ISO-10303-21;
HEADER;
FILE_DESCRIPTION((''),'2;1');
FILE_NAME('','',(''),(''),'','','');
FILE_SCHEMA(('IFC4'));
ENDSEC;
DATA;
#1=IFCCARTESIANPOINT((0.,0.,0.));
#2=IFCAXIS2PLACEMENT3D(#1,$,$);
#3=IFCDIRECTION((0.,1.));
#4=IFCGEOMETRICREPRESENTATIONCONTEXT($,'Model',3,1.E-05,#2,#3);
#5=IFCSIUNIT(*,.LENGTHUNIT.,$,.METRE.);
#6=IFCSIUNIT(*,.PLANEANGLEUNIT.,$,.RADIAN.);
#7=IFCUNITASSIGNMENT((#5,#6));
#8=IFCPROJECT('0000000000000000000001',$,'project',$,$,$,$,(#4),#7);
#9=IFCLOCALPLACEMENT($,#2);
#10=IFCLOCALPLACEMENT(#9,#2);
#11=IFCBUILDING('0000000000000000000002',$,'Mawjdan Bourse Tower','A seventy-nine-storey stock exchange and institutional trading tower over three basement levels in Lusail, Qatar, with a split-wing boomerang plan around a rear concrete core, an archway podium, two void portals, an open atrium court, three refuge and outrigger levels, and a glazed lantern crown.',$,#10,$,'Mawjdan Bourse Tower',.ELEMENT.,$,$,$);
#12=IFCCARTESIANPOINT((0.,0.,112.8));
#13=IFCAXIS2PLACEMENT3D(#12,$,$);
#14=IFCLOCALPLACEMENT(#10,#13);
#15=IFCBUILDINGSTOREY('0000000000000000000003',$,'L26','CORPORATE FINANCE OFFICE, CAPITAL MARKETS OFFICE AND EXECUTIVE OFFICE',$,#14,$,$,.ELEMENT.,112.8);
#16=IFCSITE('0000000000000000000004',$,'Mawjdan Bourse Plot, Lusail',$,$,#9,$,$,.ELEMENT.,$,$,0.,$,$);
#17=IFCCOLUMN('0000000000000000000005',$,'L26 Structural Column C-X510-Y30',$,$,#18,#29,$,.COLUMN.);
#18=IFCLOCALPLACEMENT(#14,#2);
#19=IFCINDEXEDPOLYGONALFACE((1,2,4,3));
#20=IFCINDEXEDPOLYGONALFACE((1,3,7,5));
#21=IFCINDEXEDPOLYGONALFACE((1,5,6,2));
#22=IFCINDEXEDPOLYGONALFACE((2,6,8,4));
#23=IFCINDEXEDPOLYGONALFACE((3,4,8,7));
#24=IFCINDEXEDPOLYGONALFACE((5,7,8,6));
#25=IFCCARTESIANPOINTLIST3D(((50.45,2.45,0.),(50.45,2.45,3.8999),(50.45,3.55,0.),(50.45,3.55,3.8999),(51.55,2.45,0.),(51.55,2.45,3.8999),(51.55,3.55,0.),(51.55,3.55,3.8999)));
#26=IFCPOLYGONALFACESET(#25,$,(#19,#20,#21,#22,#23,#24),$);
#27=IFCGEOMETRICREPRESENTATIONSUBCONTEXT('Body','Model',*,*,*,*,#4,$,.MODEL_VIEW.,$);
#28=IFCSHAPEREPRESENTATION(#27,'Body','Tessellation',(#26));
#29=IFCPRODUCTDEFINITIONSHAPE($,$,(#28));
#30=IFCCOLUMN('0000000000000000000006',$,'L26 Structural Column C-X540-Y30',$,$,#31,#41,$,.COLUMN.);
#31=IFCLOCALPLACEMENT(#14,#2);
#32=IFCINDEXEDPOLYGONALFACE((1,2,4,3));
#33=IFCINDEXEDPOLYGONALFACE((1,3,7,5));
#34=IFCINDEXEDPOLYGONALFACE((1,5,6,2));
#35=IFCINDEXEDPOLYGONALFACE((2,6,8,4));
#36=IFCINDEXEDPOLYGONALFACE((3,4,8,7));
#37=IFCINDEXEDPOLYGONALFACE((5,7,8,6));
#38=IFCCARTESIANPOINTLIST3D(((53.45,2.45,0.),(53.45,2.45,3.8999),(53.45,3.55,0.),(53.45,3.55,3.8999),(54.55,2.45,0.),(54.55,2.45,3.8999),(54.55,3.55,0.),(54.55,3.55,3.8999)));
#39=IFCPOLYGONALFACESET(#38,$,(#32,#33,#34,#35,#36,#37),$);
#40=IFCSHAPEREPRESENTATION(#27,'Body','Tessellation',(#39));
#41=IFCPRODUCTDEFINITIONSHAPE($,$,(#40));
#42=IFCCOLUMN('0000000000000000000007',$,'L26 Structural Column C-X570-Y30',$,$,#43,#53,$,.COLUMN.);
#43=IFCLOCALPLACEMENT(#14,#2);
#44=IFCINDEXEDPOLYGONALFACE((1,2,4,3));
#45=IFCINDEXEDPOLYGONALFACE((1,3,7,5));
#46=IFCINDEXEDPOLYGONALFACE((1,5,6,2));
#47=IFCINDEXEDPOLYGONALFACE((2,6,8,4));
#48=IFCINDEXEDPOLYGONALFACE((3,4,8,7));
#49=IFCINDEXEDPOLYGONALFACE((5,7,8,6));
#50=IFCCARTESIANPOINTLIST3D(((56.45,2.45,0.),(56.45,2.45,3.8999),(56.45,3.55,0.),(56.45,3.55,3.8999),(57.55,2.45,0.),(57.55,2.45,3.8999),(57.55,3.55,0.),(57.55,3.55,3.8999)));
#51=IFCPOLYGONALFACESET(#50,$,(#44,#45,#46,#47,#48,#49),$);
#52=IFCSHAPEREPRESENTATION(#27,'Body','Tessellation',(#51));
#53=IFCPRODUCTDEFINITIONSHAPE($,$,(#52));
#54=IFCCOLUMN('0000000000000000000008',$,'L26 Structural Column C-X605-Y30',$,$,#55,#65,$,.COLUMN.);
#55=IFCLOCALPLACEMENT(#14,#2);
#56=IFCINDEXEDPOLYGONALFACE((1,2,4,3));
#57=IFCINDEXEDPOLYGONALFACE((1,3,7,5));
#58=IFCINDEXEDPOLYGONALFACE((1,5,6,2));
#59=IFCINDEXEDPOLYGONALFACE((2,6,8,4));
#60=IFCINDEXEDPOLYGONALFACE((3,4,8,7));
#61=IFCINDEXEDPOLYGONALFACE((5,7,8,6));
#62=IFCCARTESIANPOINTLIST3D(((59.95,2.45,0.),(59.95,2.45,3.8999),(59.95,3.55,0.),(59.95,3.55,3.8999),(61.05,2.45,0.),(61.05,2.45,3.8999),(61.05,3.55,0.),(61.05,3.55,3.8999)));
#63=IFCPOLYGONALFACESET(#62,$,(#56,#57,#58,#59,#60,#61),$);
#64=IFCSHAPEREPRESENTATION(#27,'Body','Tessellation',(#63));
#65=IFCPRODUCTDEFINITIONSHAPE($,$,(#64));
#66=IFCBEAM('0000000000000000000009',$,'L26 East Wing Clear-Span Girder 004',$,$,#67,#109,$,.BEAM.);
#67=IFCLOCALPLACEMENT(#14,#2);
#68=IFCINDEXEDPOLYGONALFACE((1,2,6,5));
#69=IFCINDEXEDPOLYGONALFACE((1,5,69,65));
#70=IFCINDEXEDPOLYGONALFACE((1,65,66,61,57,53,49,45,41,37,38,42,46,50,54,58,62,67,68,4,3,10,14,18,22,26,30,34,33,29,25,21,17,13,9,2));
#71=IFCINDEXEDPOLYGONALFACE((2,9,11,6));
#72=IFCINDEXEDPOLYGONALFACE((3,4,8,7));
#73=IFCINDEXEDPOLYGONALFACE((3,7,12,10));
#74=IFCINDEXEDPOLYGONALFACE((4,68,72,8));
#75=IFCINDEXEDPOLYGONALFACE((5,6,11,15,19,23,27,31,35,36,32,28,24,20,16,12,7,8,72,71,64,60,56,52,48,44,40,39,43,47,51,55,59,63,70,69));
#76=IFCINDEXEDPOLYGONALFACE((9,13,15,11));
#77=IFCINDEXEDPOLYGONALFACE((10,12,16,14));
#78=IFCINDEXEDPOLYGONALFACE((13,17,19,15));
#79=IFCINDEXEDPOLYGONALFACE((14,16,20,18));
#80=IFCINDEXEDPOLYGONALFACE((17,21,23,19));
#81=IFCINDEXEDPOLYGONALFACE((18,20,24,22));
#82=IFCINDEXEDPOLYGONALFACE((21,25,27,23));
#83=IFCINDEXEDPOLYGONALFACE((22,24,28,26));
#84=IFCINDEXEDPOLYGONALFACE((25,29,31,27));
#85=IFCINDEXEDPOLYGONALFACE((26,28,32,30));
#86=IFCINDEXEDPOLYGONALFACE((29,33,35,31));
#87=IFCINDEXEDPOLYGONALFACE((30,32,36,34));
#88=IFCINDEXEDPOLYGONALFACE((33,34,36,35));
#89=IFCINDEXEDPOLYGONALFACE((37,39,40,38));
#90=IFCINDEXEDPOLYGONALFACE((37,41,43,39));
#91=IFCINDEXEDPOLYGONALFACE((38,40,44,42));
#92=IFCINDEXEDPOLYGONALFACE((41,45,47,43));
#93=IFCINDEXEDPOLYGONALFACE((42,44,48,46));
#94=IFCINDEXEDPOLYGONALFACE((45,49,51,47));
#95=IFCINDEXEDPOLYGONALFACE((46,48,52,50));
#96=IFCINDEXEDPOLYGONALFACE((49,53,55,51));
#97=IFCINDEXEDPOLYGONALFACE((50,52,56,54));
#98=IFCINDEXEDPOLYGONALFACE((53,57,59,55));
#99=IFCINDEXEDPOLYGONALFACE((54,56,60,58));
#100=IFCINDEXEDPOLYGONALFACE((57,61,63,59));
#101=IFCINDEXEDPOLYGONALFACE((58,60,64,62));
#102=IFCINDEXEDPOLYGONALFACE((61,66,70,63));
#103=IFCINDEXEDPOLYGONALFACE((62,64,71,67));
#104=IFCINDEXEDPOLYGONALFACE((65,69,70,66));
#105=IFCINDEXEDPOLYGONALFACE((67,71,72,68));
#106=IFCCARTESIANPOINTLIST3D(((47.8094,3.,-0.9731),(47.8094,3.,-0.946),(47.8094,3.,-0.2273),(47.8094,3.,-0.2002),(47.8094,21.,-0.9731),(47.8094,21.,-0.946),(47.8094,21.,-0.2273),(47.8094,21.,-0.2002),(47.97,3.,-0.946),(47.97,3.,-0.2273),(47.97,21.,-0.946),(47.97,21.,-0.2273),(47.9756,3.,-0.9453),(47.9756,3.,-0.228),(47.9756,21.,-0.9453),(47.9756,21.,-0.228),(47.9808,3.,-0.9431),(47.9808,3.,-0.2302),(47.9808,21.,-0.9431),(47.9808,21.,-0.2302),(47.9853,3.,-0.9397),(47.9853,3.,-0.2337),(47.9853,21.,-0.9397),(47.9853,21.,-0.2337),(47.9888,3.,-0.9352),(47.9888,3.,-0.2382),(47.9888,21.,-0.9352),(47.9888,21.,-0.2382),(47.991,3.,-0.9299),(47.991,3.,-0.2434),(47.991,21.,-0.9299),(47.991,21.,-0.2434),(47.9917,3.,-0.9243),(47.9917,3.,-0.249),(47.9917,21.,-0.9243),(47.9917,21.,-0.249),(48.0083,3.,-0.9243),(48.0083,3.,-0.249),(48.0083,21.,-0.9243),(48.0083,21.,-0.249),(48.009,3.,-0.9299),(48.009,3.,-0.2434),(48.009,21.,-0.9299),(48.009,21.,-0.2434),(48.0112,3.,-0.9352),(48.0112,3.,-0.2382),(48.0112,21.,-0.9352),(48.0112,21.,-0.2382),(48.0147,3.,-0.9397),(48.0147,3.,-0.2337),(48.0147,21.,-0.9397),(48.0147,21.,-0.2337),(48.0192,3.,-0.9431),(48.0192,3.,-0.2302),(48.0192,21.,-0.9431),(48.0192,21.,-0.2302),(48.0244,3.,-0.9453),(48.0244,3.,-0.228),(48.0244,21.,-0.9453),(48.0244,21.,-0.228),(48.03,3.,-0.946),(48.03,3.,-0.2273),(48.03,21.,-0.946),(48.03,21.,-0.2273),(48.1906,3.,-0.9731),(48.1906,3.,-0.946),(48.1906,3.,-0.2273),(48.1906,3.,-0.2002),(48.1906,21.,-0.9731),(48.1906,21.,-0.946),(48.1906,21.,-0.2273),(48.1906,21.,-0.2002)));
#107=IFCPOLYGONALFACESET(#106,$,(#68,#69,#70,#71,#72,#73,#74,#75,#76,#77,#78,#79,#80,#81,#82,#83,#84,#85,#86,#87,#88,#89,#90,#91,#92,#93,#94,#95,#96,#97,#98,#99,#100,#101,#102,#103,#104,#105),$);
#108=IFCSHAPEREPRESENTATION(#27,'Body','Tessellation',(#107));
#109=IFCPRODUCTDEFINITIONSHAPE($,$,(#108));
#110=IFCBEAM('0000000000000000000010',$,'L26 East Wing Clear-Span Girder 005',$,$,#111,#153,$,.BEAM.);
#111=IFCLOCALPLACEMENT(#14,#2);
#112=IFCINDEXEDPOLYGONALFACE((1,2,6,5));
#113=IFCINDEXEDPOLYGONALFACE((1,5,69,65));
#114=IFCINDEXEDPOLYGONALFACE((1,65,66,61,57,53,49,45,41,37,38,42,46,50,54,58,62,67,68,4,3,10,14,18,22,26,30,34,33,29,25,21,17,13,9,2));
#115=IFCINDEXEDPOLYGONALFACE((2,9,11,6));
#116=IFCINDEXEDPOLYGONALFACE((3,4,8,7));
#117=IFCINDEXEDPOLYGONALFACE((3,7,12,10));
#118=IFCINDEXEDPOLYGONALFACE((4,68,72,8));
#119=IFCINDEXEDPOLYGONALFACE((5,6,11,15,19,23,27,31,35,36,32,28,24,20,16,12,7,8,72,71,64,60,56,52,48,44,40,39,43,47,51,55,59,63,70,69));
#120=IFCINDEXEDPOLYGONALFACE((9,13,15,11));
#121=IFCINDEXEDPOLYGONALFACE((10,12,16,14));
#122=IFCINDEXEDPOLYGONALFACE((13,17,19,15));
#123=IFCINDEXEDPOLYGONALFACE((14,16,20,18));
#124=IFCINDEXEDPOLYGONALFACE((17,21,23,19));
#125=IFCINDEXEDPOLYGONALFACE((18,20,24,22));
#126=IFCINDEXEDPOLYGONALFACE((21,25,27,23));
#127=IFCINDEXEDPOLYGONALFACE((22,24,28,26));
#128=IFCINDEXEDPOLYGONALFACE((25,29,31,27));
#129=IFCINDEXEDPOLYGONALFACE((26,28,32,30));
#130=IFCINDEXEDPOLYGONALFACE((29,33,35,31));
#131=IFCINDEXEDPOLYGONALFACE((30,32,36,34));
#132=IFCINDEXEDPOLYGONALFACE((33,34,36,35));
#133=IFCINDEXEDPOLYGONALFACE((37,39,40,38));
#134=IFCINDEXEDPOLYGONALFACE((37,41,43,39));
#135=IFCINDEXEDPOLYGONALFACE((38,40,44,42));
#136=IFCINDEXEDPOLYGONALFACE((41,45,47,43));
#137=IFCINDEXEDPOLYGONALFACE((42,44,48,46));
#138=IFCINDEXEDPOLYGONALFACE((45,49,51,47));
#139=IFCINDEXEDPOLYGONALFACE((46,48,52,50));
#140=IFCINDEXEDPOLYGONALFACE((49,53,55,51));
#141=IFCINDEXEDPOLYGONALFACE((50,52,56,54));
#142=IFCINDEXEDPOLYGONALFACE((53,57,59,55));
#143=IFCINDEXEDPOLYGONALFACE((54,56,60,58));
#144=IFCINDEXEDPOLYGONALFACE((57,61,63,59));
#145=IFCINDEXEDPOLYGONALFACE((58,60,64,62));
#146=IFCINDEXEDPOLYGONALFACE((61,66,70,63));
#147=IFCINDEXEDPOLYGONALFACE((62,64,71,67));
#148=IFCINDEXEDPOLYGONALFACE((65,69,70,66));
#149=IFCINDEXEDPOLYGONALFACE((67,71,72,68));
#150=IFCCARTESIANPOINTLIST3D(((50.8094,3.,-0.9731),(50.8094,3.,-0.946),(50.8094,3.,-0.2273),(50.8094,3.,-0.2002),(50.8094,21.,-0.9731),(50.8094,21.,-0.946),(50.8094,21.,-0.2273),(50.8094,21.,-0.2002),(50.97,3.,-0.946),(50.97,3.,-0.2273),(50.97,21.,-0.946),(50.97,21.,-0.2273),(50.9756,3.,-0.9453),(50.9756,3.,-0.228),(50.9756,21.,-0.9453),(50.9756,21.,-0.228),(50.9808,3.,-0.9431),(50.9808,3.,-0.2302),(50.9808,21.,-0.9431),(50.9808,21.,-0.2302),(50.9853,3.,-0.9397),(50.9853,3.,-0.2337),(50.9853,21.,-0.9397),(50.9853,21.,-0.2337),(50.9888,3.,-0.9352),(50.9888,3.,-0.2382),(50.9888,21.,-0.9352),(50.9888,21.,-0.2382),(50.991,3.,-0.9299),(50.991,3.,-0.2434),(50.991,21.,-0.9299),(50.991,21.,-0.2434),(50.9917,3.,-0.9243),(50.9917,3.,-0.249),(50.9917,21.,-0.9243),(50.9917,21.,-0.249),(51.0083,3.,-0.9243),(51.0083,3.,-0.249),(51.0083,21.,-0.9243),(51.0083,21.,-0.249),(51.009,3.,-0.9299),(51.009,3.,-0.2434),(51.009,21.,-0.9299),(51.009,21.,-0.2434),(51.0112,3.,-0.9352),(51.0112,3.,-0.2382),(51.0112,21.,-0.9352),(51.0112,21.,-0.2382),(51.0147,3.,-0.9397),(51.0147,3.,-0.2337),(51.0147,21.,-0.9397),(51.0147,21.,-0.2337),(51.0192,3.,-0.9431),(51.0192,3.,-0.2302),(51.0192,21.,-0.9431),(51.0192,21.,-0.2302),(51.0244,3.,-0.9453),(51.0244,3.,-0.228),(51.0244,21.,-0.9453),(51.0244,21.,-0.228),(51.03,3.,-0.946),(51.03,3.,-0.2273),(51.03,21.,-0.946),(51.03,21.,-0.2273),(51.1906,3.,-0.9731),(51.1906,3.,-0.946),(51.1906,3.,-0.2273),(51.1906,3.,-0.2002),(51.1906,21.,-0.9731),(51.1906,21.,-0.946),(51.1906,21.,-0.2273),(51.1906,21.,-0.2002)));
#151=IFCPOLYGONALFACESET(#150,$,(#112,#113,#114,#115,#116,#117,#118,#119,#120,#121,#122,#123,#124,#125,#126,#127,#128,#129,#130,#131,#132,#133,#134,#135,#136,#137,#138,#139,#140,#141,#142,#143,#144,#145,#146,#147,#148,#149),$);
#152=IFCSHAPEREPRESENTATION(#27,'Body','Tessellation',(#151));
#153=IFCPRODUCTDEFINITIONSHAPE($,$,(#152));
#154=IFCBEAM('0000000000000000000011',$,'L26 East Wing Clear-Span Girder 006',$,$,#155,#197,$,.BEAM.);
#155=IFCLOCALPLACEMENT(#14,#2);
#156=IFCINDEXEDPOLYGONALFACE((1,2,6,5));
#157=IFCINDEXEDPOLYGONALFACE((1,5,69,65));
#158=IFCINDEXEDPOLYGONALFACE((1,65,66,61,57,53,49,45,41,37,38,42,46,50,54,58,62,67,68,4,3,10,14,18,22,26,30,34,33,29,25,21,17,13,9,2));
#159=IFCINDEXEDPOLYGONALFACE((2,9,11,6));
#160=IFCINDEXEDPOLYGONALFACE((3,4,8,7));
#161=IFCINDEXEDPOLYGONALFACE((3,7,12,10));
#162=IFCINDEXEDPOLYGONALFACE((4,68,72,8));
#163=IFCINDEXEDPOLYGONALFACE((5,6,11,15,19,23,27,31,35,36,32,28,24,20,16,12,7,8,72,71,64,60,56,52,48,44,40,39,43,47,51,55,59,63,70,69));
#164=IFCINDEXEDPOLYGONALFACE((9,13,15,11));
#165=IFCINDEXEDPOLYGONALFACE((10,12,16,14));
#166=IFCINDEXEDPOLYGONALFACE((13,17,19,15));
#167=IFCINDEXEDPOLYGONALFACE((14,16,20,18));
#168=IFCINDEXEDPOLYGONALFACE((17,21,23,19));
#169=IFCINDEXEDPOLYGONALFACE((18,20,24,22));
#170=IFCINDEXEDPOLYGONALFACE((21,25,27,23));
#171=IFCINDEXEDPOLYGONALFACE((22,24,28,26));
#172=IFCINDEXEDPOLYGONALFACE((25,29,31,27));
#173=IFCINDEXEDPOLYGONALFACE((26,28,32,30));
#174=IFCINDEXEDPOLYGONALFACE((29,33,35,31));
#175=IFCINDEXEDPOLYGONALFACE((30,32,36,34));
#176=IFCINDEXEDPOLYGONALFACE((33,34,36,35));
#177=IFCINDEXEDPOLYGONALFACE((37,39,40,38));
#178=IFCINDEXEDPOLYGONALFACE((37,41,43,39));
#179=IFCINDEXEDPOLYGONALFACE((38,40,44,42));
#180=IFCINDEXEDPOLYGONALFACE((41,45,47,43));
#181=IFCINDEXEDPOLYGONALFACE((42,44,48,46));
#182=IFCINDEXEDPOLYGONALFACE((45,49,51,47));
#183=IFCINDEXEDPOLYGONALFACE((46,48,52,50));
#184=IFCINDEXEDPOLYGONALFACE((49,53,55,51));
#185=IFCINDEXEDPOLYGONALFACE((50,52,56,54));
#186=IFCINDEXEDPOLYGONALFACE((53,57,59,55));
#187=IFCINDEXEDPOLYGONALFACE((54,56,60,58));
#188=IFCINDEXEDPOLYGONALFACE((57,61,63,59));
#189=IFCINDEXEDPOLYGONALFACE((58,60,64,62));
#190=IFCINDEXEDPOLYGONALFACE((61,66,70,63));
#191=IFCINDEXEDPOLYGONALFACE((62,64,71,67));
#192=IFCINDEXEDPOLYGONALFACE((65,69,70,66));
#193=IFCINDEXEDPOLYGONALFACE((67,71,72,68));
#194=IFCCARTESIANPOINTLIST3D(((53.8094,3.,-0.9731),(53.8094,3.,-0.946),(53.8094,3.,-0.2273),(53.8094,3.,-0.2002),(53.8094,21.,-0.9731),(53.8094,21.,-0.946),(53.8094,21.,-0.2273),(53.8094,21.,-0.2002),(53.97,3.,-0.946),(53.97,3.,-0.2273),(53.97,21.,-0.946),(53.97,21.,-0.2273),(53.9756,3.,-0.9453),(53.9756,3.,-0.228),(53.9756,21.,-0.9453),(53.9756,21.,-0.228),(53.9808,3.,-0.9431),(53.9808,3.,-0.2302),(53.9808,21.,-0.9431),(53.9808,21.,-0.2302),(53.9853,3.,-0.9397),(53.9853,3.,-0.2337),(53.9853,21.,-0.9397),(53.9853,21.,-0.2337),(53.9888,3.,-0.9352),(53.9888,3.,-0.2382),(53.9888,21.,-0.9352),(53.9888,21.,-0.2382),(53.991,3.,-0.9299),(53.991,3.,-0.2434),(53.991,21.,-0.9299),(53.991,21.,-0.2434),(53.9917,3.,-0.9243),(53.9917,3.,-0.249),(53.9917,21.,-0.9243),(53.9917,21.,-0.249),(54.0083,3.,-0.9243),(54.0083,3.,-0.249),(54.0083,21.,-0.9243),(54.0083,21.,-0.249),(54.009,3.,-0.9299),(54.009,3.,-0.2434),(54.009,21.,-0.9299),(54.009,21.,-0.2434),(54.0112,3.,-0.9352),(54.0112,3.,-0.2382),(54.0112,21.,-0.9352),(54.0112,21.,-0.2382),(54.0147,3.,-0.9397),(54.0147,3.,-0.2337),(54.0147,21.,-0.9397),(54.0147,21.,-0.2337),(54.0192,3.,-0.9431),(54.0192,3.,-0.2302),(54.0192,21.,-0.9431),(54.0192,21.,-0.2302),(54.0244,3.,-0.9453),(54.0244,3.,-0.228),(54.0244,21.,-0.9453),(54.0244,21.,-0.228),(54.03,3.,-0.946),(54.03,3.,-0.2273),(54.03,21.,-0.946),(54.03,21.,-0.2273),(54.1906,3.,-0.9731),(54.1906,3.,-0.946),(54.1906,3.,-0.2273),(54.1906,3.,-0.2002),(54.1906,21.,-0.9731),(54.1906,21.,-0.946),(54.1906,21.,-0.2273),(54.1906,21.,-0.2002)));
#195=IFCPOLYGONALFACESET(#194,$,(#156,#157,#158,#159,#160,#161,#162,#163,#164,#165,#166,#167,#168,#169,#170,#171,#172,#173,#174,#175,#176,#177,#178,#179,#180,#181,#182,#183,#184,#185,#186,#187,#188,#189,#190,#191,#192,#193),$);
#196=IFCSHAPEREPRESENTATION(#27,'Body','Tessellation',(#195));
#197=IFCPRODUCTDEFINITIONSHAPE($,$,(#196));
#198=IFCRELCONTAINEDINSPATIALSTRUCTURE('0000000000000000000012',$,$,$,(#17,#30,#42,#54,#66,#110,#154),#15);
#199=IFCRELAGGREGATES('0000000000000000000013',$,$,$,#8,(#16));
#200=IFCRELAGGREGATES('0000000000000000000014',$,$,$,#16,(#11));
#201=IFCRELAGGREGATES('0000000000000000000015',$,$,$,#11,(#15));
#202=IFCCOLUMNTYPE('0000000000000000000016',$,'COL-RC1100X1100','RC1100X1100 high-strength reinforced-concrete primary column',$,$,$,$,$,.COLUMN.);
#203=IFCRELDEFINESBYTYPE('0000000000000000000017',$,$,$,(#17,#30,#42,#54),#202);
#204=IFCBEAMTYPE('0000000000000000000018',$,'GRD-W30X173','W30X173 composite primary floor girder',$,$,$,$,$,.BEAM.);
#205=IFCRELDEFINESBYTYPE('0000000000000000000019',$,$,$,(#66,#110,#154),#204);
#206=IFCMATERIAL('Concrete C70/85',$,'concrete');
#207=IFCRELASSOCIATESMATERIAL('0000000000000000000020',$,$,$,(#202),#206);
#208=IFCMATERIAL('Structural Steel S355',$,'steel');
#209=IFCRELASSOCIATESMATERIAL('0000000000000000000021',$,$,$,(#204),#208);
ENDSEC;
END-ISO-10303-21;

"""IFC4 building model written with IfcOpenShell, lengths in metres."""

from ifc_helpers import new_model, si_unit, direction, frame, origin, origin_2d, place, context, subcontext, project, spatial, rectangle, i_section, extrude, material, material_profile, profile_set, type_object, element, save


model = new_model("IFC4")

# Units and contexts
model_context = context("Model", 3, precision=1e-05, world=origin(), true_north=direction((0.0, 1.0)))
body_context = subcontext(model_context, "Body", "Model", "MODEL_VIEW")
ifc_project = project(units=[si_unit("LENGTHUNIT", "METRE"), si_unit("PLANEANGLEUNIT", "RADIAN")], contexts=[model_context])

# Site, building, storey
site_placement = place(None, origin())
site = spatial("IfcSite", under=ifc_project, at=site_placement, Name="Mawjdan Bourse Plot, Lusail", CompositionType="ELEMENT", RefElevation=0.0)
building_placement = place(site_placement, origin())
building = spatial("IfcBuilding", under=site, at=building_placement, Name="Mawjdan Bourse Tower", Description="A seventy-nine-storey stock exchange and institutional trading tower over three basement levels in Lusail, Qatar, with a split-wing boomerang plan around a rear concrete core, an archway podium, two void portals, an open atrium court, three refuge and outrigger levels, and a glazed lantern crown.", LongName="Mawjdan Bourse Tower", CompositionType="ELEMENT")
storey_placement = place(building_placement, frame((0.0, 0.0, 112.8)))
storey = spatial("IfcBuildingStorey", under=building, at=storey_placement, Name="L26", Description="CORPORATE FINANCE OFFICE, CAPITAL MARKETS OFFICE AND EXECUTIVE OFFICE", CompositionType="ELEMENT", Elevation=112.8)

# Columns
ifc_material_1 = material(Name="Concrete C70/85", Category="concrete")
ifc_material_profile_1 = material_profile(ifc_material_1, rectangle(XDim=1.1001, YDim=1.1001, at=origin_2d()), Name="RC1100X1100")
ifc_profile_set_1 = profile_set([ifc_material_profile_1], Name="Concrete C70/85")
column_type = type_object("IfcColumnType", Name="COL-RC1100X1100", Description="RC1100X1100 high-strength reinforced-concrete primary column", PredefinedType="COLUMN", material=ifc_profile_set_1)
for number, where, z_axis, x_axis, name in (
    (1, (51.0, 3.0, 0.0), (0.0, 0.0, 1.0), (1.0, 0.0, 0.0), "L26 Structural Column C-X510-Y30"),
    (2, (54.0, 3.0, 0.0), (0.0, 0.0, 1.0), (1.0, 0.0, 0.0), "L26 Structural Column C-X540-Y30"),
    (3, (57.0, 3.0, 0.0), (0.0, 0.0, 1.0), (1.0, 0.0, 0.0), "L26 Structural Column C-X570-Y30"),
    (4, (60.5, 3.0, 0.0), (0.0, 0.0, 1.0), (1.0, 0.0, 0.0), "L26 Structural Column C-X605-Y30"),
):
    element("IfcColumn", number, at=place(storey_placement, frame(where, z_axis=z_axis, x_axis=x_axis)), inside=storey, type_object=column_type, Name=name, PredefinedType="COLUMN", context=body_context, shape_type="SweptSolid", body=[
        extrude(rectangle(XDim=1.1001, YDim=1.1001, at=origin_2d()), origin(), (0.0, 0.0, 1.0), 3.8999),
    ])

# Beams
ifc_material_2 = material(Name="Structural Steel S355", Category="steel")
ifc_material_profile_2 = material_profile(ifc_material_2, i_section(OverallWidth=0.3811, OverallDepth=0.7729, WebThickness=0.0166, FlangeThickness=0.0271, FilletRadius=0.0217, at=origin_2d()), Name="W30X173")
ifc_profile_set_2 = profile_set([ifc_material_profile_2], Name="Structural Steel S355")
beam_type_1 = type_object("IfcBeamType", Name="GRD-W30X173", Description="W30X173 composite primary floor girder", PredefinedType="BEAM", material=ifc_profile_set_2)
for number, where, z_axis, x_axis, name in (
    (5, (48.0, 3.0, -0.5867), (0.0, 1.0, 0.0), (-1.0, 0.0, 0.0), "L26 East Wing Clear-Span Girder 004"),
    (6, (51.0, 3.0, -0.5867), (0.0, 1.0, 0.0), (-1.0, 0.0, 0.0), "L26 East Wing Clear-Span Girder 005"),
    (7, (54.0, 3.0, -0.5867), (0.0, 1.0, 0.0), (-1.0, 0.0, 0.0), "L26 East Wing Clear-Span Girder 006"),
):
    element("IfcBeam", number, at=place(storey_placement, frame(where, z_axis=z_axis, x_axis=x_axis)), inside=storey, type_object=beam_type_1, Name=name, PredefinedType="BEAM", context=body_context, shape_type="SweptSolid", body=[
        extrude(i_section(OverallWidth=0.3811, OverallDepth=0.7729, WebThickness=0.0166, FlangeThickness=0.0271, FilletRadius=0.0217, at=origin_2d()), origin(), (0.0, 0.0, 1.0), 18.0),
    ])

save(model, "model.ifc")
